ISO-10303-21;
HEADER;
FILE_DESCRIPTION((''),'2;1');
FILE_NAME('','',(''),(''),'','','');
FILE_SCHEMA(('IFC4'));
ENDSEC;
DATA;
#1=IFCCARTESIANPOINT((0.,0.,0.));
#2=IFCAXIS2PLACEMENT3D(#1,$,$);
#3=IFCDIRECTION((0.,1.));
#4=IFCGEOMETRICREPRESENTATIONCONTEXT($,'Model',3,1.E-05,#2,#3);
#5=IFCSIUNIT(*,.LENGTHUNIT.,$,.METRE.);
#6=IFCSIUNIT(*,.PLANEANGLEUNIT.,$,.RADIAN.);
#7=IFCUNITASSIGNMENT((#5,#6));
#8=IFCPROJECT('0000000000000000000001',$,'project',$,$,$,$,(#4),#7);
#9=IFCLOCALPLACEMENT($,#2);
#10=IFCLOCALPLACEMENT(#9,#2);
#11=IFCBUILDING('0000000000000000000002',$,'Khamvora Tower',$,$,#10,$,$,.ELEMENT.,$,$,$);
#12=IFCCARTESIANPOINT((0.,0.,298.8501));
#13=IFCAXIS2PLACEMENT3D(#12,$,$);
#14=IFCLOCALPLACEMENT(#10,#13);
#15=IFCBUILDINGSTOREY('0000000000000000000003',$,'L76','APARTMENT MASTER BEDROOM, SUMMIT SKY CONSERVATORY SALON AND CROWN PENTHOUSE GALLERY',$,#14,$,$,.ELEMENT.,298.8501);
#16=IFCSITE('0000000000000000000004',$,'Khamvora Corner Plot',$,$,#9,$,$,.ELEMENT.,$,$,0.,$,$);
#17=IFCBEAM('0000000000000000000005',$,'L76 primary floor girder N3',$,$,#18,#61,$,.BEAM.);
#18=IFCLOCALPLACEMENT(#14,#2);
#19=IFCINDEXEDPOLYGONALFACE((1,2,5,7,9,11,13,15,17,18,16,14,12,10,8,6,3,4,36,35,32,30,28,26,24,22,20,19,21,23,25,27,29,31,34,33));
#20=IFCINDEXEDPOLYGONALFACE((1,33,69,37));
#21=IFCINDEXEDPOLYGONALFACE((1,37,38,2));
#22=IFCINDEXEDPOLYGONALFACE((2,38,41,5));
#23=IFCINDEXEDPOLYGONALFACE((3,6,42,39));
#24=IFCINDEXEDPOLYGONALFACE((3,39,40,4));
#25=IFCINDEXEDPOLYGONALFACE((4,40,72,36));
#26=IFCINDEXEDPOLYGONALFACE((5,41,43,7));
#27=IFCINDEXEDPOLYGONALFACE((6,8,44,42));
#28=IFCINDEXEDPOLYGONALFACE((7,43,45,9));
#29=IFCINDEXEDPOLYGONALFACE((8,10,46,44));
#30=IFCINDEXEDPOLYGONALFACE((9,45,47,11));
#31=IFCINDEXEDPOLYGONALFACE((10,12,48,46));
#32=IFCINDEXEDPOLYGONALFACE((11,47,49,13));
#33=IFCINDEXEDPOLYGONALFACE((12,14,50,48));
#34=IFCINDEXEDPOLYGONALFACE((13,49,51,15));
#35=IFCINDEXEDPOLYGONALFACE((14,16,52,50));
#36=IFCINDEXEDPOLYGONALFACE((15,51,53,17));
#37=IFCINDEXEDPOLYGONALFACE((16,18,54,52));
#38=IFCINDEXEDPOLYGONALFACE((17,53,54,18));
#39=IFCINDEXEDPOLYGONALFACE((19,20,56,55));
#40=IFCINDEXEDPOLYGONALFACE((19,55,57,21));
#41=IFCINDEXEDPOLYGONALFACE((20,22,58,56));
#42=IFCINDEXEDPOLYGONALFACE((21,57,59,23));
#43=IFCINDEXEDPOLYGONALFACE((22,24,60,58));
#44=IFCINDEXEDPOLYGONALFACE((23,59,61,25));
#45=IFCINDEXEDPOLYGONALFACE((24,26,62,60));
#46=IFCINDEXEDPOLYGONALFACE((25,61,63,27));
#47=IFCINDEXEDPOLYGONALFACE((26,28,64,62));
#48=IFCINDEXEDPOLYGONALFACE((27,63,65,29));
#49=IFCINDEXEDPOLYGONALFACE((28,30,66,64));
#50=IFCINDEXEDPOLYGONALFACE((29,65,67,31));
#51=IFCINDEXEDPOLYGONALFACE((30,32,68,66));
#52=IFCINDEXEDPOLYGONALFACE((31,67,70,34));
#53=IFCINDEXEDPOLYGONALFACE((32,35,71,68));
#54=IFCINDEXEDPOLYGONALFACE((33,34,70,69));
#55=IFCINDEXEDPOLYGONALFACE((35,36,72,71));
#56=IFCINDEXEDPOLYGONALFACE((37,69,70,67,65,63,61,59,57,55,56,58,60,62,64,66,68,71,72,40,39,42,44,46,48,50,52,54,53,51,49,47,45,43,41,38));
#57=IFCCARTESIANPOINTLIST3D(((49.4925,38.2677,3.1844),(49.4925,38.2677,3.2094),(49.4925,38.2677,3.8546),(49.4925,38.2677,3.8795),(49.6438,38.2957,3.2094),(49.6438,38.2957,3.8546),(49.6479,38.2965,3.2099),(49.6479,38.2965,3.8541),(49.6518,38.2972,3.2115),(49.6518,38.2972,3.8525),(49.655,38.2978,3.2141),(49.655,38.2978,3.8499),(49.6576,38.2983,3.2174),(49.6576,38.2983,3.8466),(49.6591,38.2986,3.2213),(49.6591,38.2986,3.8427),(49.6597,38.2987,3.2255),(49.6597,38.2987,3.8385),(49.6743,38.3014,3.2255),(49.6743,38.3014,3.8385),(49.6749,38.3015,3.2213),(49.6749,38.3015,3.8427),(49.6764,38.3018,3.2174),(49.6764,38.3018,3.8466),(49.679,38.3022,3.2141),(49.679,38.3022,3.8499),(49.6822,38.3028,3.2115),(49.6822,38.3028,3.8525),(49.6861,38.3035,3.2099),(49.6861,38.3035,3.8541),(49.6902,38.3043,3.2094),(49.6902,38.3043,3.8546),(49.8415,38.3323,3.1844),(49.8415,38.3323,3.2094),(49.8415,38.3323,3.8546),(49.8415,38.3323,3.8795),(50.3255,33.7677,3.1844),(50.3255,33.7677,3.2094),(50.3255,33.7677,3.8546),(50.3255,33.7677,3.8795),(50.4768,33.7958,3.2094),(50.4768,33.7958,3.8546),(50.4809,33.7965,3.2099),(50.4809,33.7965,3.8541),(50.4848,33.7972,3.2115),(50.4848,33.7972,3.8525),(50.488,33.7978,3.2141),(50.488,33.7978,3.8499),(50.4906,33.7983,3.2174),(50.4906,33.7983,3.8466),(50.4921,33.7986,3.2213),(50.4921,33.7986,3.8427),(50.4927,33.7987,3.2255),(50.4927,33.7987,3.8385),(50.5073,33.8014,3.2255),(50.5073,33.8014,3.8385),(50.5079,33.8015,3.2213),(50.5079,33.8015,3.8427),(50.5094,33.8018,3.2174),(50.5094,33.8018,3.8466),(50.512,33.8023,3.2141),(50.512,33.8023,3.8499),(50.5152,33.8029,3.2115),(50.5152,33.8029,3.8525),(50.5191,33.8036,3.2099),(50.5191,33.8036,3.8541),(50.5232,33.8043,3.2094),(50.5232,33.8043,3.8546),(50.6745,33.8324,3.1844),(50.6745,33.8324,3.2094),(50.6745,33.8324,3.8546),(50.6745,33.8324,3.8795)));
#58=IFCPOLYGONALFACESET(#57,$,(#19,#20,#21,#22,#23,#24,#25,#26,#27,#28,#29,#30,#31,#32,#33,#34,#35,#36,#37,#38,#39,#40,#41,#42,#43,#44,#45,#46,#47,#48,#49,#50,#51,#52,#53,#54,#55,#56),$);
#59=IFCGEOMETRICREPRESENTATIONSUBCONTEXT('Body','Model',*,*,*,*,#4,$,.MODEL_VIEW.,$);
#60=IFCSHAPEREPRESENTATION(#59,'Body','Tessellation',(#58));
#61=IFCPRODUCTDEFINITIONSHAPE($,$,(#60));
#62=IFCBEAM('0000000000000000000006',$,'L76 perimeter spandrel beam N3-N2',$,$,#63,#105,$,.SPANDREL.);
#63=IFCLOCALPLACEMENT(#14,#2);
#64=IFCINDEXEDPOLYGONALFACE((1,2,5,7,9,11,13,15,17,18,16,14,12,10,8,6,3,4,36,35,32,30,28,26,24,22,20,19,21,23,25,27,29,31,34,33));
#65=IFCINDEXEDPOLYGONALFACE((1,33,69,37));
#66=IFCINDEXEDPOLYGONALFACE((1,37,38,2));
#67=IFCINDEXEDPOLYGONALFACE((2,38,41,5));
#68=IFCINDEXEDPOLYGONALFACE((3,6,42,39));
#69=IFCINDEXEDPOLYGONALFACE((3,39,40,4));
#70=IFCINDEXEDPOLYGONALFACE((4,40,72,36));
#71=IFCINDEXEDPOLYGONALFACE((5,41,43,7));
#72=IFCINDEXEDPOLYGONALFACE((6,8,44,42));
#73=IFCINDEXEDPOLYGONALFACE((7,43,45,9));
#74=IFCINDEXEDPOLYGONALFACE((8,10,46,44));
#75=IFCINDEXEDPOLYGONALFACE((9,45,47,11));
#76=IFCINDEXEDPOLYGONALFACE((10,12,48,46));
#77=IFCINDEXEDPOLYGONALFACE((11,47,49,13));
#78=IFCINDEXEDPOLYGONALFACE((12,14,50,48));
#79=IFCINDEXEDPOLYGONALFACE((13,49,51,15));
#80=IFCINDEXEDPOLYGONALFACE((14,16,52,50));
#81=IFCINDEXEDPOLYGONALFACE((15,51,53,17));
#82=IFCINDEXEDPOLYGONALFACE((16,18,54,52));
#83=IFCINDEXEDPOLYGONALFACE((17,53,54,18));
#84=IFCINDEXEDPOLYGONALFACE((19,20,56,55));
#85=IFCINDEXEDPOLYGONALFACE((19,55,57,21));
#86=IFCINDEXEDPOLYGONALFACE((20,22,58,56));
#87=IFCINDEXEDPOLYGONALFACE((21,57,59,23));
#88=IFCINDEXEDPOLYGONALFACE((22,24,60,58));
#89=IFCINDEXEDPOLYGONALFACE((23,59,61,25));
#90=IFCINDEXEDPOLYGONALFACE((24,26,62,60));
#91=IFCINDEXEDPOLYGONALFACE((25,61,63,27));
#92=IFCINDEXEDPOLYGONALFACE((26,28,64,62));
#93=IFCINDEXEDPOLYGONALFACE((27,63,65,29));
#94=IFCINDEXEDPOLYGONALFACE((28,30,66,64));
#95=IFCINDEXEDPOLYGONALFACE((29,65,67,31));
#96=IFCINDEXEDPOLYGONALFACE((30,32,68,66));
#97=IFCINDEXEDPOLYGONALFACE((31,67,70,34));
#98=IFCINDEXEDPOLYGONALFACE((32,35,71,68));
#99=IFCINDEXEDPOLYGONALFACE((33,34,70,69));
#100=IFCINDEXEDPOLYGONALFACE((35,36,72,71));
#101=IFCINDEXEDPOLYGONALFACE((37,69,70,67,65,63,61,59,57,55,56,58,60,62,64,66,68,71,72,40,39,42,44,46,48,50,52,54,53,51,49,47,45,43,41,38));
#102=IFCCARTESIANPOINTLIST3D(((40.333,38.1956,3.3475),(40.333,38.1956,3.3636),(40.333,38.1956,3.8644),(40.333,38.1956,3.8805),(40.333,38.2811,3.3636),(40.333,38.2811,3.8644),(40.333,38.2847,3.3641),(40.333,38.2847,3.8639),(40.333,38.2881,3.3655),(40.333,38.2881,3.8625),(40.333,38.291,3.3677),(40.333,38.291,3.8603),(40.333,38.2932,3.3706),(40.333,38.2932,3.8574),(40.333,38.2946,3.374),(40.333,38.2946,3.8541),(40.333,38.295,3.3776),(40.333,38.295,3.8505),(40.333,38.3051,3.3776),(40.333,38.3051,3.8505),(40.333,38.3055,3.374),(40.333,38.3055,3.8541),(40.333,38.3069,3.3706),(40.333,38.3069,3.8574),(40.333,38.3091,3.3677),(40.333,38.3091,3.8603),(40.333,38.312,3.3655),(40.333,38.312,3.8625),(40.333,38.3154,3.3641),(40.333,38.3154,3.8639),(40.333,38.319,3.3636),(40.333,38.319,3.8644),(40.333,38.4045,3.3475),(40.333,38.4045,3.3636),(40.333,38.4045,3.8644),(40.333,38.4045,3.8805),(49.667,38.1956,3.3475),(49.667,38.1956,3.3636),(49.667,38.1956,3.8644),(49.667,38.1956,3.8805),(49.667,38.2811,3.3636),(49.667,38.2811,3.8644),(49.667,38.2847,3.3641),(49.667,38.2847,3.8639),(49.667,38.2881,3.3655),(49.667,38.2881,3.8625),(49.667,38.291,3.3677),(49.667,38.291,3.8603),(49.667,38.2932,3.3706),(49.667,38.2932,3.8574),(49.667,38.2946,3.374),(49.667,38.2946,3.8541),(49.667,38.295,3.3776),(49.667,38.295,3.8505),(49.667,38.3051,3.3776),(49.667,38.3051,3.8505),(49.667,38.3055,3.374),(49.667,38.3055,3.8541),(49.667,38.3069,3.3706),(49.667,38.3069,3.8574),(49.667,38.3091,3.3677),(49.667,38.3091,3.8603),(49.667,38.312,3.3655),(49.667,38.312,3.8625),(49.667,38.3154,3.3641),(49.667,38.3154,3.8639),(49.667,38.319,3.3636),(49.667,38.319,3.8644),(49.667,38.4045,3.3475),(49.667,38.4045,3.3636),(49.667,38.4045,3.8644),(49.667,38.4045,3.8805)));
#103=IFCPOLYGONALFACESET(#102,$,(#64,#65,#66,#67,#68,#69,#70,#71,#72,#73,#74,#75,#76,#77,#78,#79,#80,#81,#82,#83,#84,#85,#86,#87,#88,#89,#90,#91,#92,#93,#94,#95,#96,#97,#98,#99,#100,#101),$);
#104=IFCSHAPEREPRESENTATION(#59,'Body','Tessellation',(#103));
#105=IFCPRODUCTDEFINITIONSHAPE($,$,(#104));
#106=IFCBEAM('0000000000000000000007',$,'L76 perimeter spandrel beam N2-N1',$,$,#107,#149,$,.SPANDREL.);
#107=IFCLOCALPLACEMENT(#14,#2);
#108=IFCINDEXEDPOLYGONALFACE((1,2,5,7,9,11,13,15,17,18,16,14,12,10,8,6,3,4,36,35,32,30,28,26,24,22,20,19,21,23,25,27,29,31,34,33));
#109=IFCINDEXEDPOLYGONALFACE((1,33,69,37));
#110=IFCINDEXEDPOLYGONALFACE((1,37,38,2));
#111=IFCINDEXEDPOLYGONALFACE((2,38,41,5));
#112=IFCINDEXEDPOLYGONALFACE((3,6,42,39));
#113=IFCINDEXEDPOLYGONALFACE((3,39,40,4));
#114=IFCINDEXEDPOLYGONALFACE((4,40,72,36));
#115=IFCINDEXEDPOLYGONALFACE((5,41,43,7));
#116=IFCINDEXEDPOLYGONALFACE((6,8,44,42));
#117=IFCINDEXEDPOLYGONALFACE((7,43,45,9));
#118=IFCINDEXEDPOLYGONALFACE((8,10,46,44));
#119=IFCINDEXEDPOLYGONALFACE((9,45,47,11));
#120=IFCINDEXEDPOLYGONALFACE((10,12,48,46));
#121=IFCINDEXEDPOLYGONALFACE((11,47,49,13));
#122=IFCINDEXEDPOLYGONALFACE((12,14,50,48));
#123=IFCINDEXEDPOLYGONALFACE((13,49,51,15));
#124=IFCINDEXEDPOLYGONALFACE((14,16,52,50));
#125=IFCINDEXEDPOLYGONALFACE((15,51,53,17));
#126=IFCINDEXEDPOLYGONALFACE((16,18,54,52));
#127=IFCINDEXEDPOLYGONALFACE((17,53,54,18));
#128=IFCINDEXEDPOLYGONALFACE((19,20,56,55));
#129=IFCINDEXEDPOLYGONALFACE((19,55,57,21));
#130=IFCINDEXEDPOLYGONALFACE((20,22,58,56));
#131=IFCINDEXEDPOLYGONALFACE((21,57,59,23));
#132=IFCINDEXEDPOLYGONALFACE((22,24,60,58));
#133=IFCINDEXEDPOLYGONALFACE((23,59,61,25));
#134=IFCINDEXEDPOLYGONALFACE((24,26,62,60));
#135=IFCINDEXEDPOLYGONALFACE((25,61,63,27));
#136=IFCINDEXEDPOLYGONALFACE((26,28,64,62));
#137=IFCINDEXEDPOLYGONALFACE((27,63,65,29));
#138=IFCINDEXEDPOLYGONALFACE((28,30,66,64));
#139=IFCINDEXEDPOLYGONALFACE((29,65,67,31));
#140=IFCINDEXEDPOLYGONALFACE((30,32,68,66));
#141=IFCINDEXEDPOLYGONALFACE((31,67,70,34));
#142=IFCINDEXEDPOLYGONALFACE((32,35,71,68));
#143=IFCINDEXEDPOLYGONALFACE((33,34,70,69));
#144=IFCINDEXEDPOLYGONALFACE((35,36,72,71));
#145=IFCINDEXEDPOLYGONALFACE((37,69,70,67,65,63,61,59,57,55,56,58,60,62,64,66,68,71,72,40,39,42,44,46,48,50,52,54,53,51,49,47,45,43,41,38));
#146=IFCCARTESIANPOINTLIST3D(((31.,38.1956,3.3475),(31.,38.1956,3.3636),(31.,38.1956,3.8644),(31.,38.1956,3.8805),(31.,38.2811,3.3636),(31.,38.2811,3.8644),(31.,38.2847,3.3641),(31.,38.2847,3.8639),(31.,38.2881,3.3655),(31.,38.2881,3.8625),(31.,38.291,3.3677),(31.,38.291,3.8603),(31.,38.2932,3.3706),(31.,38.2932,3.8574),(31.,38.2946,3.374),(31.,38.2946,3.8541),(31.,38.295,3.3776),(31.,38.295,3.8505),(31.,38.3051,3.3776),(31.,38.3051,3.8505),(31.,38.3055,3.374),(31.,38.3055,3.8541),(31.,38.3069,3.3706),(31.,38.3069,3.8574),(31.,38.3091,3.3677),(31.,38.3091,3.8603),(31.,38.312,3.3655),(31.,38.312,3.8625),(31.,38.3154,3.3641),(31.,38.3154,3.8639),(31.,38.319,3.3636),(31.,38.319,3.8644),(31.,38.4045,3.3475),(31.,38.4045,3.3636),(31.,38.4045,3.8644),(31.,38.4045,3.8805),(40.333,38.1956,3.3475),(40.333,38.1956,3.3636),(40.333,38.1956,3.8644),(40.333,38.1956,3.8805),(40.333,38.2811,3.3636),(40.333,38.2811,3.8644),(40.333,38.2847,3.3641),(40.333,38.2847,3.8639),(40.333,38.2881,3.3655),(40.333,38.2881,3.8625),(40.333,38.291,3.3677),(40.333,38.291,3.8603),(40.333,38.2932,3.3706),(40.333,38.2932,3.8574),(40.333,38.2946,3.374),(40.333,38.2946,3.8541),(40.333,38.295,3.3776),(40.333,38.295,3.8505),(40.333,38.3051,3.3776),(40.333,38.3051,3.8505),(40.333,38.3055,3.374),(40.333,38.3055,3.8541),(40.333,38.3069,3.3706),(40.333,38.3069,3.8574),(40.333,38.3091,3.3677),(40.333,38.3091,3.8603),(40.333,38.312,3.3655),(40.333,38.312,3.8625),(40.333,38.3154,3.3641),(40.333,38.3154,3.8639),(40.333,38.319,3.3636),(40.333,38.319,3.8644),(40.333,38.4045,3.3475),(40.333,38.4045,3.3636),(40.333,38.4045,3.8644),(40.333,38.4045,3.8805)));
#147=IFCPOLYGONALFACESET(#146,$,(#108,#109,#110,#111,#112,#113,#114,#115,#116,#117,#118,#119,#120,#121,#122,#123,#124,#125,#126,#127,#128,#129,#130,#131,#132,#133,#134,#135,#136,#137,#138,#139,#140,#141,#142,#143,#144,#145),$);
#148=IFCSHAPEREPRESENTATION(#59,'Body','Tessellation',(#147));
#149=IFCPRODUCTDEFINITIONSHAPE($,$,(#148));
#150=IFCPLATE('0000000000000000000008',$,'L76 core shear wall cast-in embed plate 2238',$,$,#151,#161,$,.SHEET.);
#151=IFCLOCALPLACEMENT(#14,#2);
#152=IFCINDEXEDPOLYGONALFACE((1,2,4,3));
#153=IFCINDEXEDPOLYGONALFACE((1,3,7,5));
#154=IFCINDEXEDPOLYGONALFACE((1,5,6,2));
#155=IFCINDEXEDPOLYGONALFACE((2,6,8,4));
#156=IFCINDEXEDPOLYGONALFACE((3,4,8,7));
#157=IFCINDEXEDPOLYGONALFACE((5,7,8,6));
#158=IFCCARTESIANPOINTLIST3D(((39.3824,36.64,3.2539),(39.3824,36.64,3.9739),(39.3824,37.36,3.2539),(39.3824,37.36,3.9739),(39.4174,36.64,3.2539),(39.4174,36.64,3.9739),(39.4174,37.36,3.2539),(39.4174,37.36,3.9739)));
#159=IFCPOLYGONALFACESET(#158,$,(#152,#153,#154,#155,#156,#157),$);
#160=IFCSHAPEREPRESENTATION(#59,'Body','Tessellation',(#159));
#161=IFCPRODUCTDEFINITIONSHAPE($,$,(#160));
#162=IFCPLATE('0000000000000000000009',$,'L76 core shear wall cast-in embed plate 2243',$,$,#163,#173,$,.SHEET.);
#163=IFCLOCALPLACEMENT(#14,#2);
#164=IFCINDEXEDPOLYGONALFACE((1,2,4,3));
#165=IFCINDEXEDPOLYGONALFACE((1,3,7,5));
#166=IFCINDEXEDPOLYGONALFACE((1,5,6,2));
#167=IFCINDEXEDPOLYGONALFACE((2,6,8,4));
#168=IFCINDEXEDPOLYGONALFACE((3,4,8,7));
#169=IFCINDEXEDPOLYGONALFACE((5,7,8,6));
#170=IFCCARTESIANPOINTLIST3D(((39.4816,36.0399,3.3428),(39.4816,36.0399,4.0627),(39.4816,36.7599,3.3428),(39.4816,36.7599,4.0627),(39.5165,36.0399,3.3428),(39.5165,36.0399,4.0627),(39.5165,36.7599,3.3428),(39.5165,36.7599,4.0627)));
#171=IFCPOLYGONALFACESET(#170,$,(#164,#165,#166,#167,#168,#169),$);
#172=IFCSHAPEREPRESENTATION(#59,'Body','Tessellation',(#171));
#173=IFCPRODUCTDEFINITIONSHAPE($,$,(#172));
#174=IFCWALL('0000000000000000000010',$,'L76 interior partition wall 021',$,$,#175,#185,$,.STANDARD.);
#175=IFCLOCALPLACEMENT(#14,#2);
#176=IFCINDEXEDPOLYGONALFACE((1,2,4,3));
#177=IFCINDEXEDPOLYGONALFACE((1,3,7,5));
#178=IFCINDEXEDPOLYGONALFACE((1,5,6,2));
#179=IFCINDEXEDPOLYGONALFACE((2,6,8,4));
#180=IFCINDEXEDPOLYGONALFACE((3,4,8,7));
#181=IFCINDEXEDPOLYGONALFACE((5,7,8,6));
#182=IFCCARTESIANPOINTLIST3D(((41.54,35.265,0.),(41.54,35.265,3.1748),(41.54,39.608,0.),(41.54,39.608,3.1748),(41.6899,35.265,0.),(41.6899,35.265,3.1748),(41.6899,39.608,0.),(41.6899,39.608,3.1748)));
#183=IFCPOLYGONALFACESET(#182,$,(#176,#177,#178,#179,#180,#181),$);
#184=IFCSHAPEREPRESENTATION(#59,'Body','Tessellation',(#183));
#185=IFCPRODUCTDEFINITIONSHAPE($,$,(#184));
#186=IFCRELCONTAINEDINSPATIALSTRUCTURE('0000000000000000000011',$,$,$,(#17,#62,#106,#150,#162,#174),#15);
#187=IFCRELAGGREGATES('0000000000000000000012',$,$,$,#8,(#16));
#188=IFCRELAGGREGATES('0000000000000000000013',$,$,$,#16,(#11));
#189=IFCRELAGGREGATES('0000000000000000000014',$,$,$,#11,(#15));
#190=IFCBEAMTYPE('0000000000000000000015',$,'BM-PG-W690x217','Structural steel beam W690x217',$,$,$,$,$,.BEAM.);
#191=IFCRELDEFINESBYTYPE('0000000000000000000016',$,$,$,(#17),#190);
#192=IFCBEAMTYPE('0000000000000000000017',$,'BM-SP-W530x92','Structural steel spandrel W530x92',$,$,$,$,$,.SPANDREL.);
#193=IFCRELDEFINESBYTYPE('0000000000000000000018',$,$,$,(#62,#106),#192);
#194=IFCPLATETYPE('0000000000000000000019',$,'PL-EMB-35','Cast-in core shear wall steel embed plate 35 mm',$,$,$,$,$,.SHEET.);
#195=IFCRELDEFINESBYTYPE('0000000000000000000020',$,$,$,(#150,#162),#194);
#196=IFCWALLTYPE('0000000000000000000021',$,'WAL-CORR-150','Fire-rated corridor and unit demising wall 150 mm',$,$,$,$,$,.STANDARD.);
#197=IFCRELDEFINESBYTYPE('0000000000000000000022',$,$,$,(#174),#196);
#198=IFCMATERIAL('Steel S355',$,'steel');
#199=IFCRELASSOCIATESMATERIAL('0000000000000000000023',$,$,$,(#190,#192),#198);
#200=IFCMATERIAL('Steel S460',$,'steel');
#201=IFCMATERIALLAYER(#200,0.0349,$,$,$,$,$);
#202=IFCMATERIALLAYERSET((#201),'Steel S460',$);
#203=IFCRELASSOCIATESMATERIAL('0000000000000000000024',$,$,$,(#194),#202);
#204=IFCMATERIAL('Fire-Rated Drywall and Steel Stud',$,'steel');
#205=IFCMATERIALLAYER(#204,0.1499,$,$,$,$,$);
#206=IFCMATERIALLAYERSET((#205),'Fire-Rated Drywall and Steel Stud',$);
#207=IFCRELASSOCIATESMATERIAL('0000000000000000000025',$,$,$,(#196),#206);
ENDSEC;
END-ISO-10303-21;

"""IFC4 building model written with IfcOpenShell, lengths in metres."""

from ifc_helpers import new_model, si_unit, direction, frame, frame_2d, origin, origin_2d, place, context, subcontext, project, spatial, rectangle, i_section, extrude, material, layer, layer_set, material_profile, profile_set, type_object, element, save


model = new_model("IFC4")

# Units and contexts
model_context = context("Model", 3, precision=1e-05, world=origin(), true_north=direction((0.0, 1.0)))
body_context = subcontext(model_context, "Body", "Model", "MODEL_VIEW")
ifc_project = project(units=[si_unit("LENGTHUNIT", "METRE"), si_unit("PLANEANGLEUNIT", "RADIAN")], contexts=[model_context])

# Site, building, storey
site_placement = place(None, origin())
site = spatial("IfcSite", under=ifc_project, at=site_placement, Name="Khamvora Corner Plot", CompositionType="ELEMENT", RefElevation=0.0)
building_placement = place(site_placement, origin())
building = spatial("IfcBuilding", under=site, at=building_placement, Name="Khamvora Tower", CompositionType="ELEMENT")
storey_placement = place(building_placement, frame((0.0, 0.0, 298.8501)))
storey = spatial("IfcBuildingStorey", under=building, at=storey_placement, Name="L76", Description="APARTMENT MASTER BEDROOM, SUMMIT SKY CONSERVATORY SALON AND CROWN PENTHOUSE GALLERY", CompositionType="ELEMENT", Elevation=298.8501)

# Shared definitions
ifc_material_1 = material(Name="Steel S355", Category="steel")

# Beams
ifc_material_profile_1 = material_profile(ifc_material_1, i_section(OverallWidth=0.355, OverallDepth=0.6951, WebThickness=0.0149, FlangeThickness=0.0249, FilletRadius=0.0161, at=origin_2d()), Name="W690x217")
ifc_profile_set_1 = profile_set([ifc_material_profile_1], Name="Steel S355")
beam_type_1 = type_object("IfcBeamType", Name="BM-PG-W690x217", Description="Structural steel beam W690x217", PredefinedType="BEAM", material=ifc_profile_set_1)
beam_1_placement = place(storey_placement, frame((50.5, 33.8, 3.532), z_axis=(-0.18202, 0.983295, 0.0), x_axis=(-0.983295, -0.18202, 0.0)))
element("IfcBeam", 1, at=beam_1_placement, inside=storey, type_object=beam_type_1, Name="L76 primary floor girder N3", PredefinedType="BEAM", context=body_context, shape_type="SweptSolid", body=[
    extrude(i_section(OverallWidth=0.355, OverallDepth=0.6951, WebThickness=0.0149, FlangeThickness=0.0249, FilletRadius=0.0161, at=origin_2d()), origin(), (0.0, 0.0, 1.0), 4.5764),
])
ifc_material_profile_2 = material_profile(ifc_material_1, i_section(OverallWidth=0.209, OverallDepth=0.533, WebThickness=0.01, FlangeThickness=0.0161, FilletRadius=0.0139, at=origin_2d()), Name="W530x92")
ifc_profile_set_2 = profile_set([ifc_material_profile_2], Name="Steel S355")
beam_type_2 = type_object("IfcBeamType", Name="BM-SP-W530x92", Description="Structural steel spandrel W530x92", PredefinedType="SPANDREL", material=ifc_profile_set_2)
beam_2_placement = place(storey_placement, frame((49.667, 38.3, 3.614), z_axis=(-1.0, 0.0, 0.0), x_axis=(0.0, -1.0, 0.0)))
element("IfcBeam", 2, at=beam_2_placement, inside=storey, type_object=beam_type_2, Name="L76 perimeter spandrel beam N3-N2", PredefinedType="SPANDREL", context=body_context, shape_type="SweptSolid", body=[
    extrude(i_section(OverallWidth=0.209, OverallDepth=0.533, WebThickness=0.01, FlangeThickness=0.0161, FilletRadius=0.0139, at=origin_2d()), origin(), (0.0, 0.0, 1.0), 9.334),
])
beam_3_placement = place(storey_placement, frame((40.333, 38.3, 3.614), z_axis=(-1.0, 0.0, 0.0), x_axis=(0.0, -1.0, 0.0)))
element("IfcBeam", 3, at=beam_3_placement, inside=storey, type_object=beam_type_2, Name="L76 perimeter spandrel beam N2-N1", PredefinedType="SPANDREL", context=body_context, shape_type="SweptSolid", body=[
    extrude(i_section(OverallWidth=0.209, OverallDepth=0.533, WebThickness=0.01, FlangeThickness=0.0161, FilletRadius=0.0139, at=origin_2d()), origin(), (0.0, 0.0, 1.0), 9.333),
])

# Plates
ifc_material_2 = material(Name="Steel S460", Category="steel")
ifc_layer_1 = layer(ifc_material_2, 0.0349)
ifc_layer_set_1 = layer_set([ifc_layer_1], Name="Steel S460")
plate_type = type_object("IfcPlateType", Name="PL-EMB-35", Description="Cast-in core shear wall steel embed plate 35 mm", PredefinedType="SHEET", material=ifc_layer_set_1)
for number, where, z_axis, x_axis, name in (
    (4, (39.3999, 37.0, 3.2539), (0.0, 0.0, 1.0), (1.0, 0.0, 0.0), "L76 core shear wall cast-in embed plate 2238"),
    (5, (39.499, 36.3999, 3.3428), (0.0, 0.0, 1.0), (1.0, 0.0, 0.0), "L76 core shear wall cast-in embed plate 2243"),
):
    element("IfcPlate", number, at=place(storey_placement, frame(where, z_axis=z_axis, x_axis=x_axis)), inside=storey, type_object=plate_type, Name=name, PredefinedType="SHEET", context=body_context, shape_type="SweptSolid", body=[
        extrude(rectangle(XDim=0.0349, YDim=0.72, at=origin_2d()), origin(), (0.0, 0.0, 1.0), 0.72),
    ])

# Shared definitions
ifc_material_3 = material(Name="Fire-Rated Drywall and Steel Stud", Category="steel")
ifc_layer_2 = layer(ifc_material_3, 0.1499)
ifc_layer_set_2 = layer_set([ifc_layer_2], Name="Fire-Rated Drywall and Steel Stud")
wall_type_1 = type_object("IfcWallType", Name="WAL-CORR-150", Description="Fire-rated corridor and unit demising wall 150 mm", PredefinedType="STANDARD", material=ifc_layer_set_2)

# Wall
wall_1_placement = place(storey_placement, frame((41.615, 39.6079, 0.0), z_axis=(0.0, 0.0, 1.0), x_axis=(0.0, -1.0, 0.0)))
element("IfcWall", 6, at=wall_1_placement, inside=storey, type_object=wall_type_1, Name="L76 interior partition wall 021", PredefinedType="STANDARD", context=body_context, shape_type="SweptSolid", body=[
    extrude(rectangle(XDim=4.343, YDim=0.1499, at=frame_2d((2.1714, 0.0))), origin(), (0.0, 0.0, 1.0), 3.1748),
])

save(model, "model.ifc")
